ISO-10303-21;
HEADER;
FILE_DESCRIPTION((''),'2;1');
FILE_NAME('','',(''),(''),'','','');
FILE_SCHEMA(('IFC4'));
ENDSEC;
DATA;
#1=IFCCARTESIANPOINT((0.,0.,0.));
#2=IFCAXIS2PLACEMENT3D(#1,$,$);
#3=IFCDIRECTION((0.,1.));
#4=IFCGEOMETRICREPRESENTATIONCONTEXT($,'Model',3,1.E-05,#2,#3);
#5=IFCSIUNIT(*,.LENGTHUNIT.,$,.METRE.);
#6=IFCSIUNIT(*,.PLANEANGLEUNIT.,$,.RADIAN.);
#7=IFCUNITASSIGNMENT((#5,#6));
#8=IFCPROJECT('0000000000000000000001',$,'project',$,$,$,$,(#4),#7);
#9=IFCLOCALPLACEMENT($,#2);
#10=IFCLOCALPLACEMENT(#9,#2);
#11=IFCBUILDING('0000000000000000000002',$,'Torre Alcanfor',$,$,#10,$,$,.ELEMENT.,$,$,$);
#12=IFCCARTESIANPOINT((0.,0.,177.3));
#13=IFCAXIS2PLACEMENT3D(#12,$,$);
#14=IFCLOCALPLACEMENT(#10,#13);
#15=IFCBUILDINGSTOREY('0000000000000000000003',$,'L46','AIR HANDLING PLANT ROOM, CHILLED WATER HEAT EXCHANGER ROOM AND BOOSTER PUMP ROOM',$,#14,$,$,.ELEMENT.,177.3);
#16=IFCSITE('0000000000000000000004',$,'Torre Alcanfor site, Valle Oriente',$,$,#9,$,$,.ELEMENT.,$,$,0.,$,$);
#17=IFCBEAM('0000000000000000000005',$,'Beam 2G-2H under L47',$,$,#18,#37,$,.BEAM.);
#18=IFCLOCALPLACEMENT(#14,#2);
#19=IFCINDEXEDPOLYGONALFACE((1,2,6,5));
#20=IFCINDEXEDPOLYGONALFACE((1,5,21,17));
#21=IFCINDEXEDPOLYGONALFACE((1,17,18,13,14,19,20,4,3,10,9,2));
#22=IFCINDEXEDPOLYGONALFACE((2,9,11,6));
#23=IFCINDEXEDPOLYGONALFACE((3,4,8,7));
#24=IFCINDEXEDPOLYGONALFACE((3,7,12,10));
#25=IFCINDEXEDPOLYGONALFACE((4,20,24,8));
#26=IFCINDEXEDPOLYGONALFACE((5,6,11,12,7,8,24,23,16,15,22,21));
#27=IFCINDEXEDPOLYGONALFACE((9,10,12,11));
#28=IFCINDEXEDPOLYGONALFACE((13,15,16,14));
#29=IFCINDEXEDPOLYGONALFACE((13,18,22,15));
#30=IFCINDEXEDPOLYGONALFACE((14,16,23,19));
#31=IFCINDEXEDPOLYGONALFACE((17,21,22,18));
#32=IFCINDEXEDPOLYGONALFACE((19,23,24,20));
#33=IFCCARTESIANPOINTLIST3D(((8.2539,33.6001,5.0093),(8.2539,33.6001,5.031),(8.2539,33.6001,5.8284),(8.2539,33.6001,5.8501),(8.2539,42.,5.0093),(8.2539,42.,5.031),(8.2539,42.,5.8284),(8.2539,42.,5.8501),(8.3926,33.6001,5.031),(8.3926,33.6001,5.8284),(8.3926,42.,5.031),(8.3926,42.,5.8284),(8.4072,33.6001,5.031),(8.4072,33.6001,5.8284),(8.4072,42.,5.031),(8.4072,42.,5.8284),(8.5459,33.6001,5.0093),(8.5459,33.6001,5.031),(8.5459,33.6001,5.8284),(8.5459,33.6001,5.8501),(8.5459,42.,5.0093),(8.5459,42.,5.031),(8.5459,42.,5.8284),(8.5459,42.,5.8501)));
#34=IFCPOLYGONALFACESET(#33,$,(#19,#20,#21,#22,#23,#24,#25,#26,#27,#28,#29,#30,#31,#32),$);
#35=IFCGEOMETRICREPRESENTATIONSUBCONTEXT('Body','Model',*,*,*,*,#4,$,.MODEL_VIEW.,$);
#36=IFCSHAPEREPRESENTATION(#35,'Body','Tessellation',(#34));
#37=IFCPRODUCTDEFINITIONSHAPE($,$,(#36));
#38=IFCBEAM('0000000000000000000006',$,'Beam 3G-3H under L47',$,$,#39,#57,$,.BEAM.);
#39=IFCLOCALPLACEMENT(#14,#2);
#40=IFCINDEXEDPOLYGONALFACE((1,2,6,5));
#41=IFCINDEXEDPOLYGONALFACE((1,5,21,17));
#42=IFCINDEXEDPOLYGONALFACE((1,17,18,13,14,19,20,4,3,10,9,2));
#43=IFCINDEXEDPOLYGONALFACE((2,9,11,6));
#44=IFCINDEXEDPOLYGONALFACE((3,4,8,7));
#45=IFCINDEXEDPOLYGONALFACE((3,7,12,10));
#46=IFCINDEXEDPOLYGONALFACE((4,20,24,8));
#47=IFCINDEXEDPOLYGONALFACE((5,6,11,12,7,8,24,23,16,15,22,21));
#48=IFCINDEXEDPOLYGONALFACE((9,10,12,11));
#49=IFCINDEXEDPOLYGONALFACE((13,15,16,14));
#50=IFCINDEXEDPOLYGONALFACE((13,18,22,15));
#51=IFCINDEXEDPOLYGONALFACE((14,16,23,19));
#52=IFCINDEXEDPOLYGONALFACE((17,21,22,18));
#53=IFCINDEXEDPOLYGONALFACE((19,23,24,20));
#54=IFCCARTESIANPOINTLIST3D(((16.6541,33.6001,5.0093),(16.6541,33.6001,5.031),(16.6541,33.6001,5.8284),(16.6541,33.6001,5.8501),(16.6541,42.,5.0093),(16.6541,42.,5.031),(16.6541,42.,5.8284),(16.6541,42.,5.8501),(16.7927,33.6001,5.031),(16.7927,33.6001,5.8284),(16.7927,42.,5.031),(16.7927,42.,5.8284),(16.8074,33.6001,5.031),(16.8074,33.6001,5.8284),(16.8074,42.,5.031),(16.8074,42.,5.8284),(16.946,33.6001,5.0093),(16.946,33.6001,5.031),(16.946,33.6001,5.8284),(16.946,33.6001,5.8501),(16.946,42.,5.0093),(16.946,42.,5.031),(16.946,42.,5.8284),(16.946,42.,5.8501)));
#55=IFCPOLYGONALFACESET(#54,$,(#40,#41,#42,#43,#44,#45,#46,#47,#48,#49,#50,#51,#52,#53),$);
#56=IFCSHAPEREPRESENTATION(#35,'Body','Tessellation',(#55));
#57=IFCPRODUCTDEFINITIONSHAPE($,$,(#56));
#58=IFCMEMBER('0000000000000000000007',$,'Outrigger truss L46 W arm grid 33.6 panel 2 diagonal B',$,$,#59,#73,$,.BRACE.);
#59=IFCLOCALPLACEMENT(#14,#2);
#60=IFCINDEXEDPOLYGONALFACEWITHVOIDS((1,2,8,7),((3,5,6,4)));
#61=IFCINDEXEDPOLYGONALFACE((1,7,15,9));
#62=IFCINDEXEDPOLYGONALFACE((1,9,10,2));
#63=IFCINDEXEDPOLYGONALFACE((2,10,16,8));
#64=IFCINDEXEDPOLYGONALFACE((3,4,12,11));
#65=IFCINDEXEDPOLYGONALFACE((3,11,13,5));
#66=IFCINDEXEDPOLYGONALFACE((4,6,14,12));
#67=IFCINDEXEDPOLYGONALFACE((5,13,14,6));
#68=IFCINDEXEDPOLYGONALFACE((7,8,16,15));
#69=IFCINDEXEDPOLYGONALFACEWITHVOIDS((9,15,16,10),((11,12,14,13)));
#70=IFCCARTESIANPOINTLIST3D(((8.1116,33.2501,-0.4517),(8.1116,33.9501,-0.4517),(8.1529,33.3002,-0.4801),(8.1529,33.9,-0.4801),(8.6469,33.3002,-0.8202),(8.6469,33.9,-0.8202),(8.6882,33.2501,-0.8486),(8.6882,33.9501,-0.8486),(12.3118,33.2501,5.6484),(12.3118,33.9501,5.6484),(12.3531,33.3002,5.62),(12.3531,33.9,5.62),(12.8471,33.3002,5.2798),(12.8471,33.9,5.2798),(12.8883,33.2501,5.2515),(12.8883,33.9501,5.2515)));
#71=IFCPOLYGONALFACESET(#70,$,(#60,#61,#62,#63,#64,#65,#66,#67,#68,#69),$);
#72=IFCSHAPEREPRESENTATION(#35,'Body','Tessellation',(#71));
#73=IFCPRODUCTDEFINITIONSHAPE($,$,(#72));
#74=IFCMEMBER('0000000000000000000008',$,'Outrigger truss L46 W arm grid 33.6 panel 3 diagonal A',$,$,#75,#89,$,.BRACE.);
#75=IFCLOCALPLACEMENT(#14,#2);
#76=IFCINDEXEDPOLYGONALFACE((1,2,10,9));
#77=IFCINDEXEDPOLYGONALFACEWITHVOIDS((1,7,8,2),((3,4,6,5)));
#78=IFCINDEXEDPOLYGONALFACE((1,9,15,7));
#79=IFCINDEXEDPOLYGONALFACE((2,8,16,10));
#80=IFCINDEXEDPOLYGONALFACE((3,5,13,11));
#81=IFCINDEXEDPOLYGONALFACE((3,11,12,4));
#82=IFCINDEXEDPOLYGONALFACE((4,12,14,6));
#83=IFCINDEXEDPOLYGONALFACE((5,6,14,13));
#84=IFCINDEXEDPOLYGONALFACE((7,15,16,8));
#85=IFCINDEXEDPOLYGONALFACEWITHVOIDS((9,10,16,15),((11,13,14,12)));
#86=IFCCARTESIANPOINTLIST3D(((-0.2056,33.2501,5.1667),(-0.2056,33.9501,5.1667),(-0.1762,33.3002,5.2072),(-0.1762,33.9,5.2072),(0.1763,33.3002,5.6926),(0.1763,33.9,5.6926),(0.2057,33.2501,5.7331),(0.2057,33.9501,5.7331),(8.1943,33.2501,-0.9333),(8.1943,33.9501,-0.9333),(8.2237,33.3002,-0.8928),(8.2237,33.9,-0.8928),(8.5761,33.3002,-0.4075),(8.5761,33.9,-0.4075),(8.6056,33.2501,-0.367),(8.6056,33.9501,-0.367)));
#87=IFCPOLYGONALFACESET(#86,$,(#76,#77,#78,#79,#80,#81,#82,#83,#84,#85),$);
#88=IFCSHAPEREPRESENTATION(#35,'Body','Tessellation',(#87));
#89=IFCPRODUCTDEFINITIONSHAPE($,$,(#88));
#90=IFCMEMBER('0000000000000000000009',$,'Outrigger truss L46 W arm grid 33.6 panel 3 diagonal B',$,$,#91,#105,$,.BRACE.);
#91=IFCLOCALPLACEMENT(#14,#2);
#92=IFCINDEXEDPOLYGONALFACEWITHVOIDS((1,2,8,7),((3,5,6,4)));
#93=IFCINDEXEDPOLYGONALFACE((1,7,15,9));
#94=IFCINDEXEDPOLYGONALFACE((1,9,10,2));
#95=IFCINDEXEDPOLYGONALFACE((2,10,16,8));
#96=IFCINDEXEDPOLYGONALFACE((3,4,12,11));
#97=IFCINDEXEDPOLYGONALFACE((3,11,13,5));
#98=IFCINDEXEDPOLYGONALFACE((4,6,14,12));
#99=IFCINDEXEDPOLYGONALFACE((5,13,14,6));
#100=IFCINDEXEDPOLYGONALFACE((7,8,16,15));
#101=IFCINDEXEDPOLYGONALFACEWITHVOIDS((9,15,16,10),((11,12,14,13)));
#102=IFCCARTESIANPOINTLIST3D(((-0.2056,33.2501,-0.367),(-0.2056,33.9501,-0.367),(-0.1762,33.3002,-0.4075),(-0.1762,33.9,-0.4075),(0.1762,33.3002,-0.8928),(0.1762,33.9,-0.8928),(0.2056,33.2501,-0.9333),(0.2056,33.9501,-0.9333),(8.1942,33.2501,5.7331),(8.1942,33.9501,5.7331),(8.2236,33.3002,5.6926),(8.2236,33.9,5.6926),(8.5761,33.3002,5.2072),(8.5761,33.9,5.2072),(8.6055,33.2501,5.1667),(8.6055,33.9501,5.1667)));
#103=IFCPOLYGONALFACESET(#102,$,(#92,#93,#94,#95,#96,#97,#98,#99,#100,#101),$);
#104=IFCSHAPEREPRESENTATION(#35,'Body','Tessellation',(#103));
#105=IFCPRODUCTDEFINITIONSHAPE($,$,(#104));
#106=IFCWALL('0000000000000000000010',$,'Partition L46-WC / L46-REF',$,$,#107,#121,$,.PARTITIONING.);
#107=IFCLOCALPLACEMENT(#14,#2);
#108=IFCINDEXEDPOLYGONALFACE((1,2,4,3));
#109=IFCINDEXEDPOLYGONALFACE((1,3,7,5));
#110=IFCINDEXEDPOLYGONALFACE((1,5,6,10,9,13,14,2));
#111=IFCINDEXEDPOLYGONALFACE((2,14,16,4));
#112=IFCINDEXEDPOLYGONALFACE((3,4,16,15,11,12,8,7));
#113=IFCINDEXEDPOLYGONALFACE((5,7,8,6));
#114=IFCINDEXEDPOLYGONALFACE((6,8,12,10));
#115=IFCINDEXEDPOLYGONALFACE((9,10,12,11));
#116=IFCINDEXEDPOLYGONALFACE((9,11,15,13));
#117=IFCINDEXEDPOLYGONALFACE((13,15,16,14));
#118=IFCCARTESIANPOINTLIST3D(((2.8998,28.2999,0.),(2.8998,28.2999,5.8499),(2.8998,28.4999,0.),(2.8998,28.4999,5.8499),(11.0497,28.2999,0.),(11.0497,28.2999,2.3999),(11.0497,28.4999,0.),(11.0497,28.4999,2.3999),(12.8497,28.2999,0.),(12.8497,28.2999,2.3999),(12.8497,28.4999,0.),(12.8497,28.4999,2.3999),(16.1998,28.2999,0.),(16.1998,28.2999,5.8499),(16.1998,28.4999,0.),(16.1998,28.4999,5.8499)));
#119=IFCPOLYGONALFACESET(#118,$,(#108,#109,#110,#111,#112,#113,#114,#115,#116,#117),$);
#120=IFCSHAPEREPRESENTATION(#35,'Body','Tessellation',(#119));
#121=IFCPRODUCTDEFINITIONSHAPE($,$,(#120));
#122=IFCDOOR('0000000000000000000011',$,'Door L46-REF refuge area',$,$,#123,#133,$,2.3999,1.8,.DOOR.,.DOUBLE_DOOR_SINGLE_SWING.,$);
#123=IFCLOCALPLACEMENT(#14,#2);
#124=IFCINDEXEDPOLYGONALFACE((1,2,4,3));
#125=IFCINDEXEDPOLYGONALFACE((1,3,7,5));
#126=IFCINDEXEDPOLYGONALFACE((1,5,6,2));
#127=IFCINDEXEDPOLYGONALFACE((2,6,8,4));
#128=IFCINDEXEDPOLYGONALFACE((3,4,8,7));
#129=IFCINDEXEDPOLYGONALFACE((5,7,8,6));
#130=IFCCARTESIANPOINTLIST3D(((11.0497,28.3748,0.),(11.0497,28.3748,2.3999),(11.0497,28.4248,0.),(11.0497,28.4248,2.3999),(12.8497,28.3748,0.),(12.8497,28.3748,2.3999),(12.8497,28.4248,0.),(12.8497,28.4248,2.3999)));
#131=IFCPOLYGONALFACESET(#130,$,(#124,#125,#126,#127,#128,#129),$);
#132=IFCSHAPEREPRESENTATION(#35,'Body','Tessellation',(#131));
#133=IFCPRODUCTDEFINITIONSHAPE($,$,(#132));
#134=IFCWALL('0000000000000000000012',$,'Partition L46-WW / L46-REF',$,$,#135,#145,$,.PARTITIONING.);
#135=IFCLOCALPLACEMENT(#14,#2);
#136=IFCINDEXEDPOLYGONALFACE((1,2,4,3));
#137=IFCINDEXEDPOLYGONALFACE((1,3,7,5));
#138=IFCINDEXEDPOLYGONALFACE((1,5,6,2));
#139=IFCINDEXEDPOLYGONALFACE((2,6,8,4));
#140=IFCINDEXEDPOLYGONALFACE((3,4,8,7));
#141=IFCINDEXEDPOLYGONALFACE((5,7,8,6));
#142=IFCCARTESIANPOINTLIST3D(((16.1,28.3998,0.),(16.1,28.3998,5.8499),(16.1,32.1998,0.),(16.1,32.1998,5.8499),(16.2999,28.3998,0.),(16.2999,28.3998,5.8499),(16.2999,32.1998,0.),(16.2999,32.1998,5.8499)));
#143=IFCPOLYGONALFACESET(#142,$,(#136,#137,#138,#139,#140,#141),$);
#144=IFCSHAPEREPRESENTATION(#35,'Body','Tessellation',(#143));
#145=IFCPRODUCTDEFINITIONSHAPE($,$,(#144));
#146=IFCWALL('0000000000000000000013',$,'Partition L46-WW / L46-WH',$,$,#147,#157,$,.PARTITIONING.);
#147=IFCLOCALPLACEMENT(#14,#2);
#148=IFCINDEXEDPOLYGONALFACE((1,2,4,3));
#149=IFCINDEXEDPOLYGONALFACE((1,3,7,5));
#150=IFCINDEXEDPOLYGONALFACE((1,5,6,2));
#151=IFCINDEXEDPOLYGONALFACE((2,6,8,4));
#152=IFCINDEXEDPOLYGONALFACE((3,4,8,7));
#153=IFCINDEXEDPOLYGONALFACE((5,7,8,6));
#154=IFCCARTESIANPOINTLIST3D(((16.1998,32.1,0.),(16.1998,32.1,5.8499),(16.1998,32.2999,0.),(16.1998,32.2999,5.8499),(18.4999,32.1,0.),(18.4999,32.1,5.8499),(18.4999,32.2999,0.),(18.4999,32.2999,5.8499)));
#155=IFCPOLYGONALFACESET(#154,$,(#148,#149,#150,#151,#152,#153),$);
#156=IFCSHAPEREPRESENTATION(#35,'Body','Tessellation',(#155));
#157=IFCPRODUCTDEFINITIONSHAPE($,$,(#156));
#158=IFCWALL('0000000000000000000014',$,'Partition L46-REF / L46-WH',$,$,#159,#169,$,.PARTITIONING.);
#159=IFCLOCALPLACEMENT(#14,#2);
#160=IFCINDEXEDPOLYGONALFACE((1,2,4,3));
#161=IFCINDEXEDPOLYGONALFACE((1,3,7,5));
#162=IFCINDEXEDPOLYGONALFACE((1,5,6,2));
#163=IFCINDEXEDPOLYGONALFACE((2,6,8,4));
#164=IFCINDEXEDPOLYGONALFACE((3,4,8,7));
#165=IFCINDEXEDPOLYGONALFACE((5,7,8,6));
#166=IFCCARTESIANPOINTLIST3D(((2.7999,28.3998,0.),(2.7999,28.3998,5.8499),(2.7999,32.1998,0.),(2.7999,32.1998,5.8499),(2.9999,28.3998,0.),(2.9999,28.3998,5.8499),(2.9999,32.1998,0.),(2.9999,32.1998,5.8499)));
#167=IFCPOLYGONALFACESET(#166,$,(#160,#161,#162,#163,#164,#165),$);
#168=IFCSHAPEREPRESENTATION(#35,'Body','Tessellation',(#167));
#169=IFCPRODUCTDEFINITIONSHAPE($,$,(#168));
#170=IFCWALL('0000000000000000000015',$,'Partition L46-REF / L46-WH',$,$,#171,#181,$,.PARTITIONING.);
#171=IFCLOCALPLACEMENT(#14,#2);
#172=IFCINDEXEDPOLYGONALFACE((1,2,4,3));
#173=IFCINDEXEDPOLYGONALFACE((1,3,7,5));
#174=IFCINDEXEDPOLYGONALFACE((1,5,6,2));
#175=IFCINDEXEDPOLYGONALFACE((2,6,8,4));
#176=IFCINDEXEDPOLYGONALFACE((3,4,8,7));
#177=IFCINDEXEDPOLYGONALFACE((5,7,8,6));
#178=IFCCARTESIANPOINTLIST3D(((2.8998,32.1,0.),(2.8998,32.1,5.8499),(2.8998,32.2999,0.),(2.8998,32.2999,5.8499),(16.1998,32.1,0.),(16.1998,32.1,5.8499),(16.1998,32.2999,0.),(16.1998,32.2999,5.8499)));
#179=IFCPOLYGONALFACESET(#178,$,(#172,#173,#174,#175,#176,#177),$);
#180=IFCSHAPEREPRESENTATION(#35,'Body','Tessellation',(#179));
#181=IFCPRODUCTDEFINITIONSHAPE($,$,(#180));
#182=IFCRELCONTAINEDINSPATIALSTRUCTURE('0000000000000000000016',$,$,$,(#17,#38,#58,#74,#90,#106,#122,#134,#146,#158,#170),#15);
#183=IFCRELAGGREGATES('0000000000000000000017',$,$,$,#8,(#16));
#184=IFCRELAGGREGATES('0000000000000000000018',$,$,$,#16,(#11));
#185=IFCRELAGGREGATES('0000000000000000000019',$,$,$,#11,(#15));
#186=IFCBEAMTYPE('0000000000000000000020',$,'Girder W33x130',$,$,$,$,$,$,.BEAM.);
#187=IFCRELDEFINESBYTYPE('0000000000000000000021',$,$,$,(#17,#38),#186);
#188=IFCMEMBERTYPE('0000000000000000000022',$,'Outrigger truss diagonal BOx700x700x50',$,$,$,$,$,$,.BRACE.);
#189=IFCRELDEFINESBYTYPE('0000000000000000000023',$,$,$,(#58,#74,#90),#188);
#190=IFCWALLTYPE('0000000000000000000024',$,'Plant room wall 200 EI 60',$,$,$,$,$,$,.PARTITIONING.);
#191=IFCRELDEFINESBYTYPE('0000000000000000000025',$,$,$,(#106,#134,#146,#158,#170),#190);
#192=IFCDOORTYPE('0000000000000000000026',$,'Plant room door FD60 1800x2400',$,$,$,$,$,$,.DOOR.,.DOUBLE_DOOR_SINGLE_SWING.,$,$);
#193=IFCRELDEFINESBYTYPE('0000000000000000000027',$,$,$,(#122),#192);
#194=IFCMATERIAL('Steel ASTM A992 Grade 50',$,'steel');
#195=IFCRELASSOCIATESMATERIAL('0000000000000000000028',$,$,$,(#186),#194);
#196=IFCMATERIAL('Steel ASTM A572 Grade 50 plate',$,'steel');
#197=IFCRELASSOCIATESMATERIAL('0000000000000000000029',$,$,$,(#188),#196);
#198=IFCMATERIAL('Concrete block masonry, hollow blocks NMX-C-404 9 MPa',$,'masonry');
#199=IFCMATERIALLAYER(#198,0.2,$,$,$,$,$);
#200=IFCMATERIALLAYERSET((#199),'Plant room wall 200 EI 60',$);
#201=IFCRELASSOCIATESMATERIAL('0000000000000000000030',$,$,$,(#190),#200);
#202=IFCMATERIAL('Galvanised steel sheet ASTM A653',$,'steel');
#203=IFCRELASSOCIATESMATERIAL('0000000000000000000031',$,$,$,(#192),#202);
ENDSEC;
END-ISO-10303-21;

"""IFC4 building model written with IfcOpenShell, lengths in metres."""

from ifc_helpers import new_model, si_unit, direction, frame, frame_2d, origin, origin_2d, place, context, subcontext, project, spatial, rectangle, hollow_rectangle, i_section, extrude, material, layer, layer_set, material_profile, profile_set, type_object, element, fill, save


model = new_model("IFC4")

# Units and contexts
model_context = context("Model", 3, precision=1e-05, world=origin(), true_north=direction((0.0, 1.0)))
body_context = subcontext(model_context, "Body", "Model", "MODEL_VIEW")
ifc_project = project(units=[si_unit("LENGTHUNIT", "METRE"), si_unit("PLANEANGLEUNIT", "RADIAN")], contexts=[model_context])

# Site, building, storey
site_placement = place(None, origin())
site = spatial("IfcSite", under=ifc_project, at=site_placement, Name="Torre Alcanfor site, Valle Oriente", CompositionType="ELEMENT", RefElevation=0.0)
building_placement = place(site_placement, origin())
building = spatial("IfcBuilding", under=site, at=building_placement, Name="Torre Alcanfor", CompositionType="ELEMENT")
storey_placement = place(building_placement, frame((0.0, 0.0, 177.3)))
storey = spatial("IfcBuildingStorey", under=building, at=storey_placement, Name="L46", Description="AIR HANDLING PLANT ROOM, CHILLED WATER HEAT EXCHANGER ROOM AND BOOSTER PUMP ROOM", CompositionType="ELEMENT", Elevation=177.3)

# Beams
ifc_material_1 = material(Name="Steel ASTM A992 Grade 50", Category="steel")
ifc_material_profile_1 = material_profile(ifc_material_1, i_section(OverallWidth=0.292, OverallDepth=0.8408, WebThickness=0.0146, FlangeThickness=0.0217, at=origin_2d()), Name="W33x130")
ifc_profile_set_1 = profile_set([ifc_material_profile_1], Name="Steel ASTM A992 Grade 50")
beam_type = type_object("IfcBeamType", Name="Girder W33x130", PredefinedType="BEAM", material=ifc_profile_set_1)
for number, where, z_axis, x_axis, name in (
    (1, (8.3999, 33.6001, 5.4297), (0.0, 1.0, 0.0), (-1.0, 0.0, 0.0), "Beam 2G-2H under L47"),
    (2, (16.8, 33.6001, 5.4297), (0.0, 1.0, 0.0), (-1.0, 0.0, 0.0), "Beam 3G-3H under L47"),
):
    element("IfcBeam", number, at=place(storey_placement, frame(where, z_axis=z_axis, x_axis=x_axis)), inside=storey, type_object=beam_type, Name=name, PredefinedType="BEAM", context=body_context, shape_type="SweptSolid", body=[
        extrude(i_section(OverallWidth=0.292, OverallDepth=0.8408, WebThickness=0.0146, FlangeThickness=0.0217, at=origin_2d()), origin(), (0.0, 0.0, 1.0), 8.3999),
    ])

# Members
ifc_material_2 = material(Name="Steel ASTM A572 Grade 50 plate", Category="steel")
ifc_material_profile_2 = material_profile(ifc_material_2, hollow_rectangle(XDim=0.7, YDim=0.7, WallThickness=0.05, at=origin_2d()), Name="BOX 700x700x50")
ifc_profile_set_2 = profile_set([ifc_material_profile_2], Name="Steel ASTM A572 Grade 50 plate")
member_type_1 = type_object("IfcMemberType", Name="Outrigger truss diagonal BOx700x700x50", PredefinedType="BRACE", material=ifc_profile_set_2)
member_1_placement = place(storey_placement, frame((8.3999, 33.6001, -0.6501), z_axis=(0.567113, 0.0, 0.82364), x_axis=(0.0, 1.0, 0.0)))
element("IfcMember", 3, at=member_1_placement, inside=storey, type_object=member_type_1, Name="Outrigger truss L46 W arm grid 33.6 panel 2 diagonal B", PredefinedType="BRACE", context=body_context, shape_type="SweptSolid", body=[
    extrude(hollow_rectangle(XDim=0.7, YDim=0.7, WallThickness=0.05, at=origin_2d()), origin(), (0.0, 0.0, 1.0), 7.4062),
])
for number, where, z_axis, x_axis, name in (
    (4, (8.3999, 33.6001, -0.6501), (-0.809145, 0.0, 0.587609), (0.0, -1.0, 0.0), "Outrigger truss L46 W arm grid 33.6 panel 3 diagonal A"),
    (5, (0.0, 33.6001, -0.6501), (0.809145, 0.0, 0.587609), (0.0, 1.0, 0.0), "Outrigger truss L46 W arm grid 33.6 panel 3 diagonal B"),
):
    element("IfcMember", number, at=place(storey_placement, frame(where, z_axis=z_axis, x_axis=x_axis)), inside=storey, type_object=member_type_1, Name=name, PredefinedType="BRACE", context=body_context, shape_type="SweptSolid", body=[
        extrude(hollow_rectangle(XDim=0.7, YDim=0.7, WallThickness=0.05, at=origin_2d()), origin(), (0.0, 0.0, 1.0), 10.3811),
    ])

# Wall, opening, door
ifc_material_3 = material(Name="Concrete block masonry, hollow blocks NMX-C-404 9 MPa", Category="masonry")
ifc_layer_1 = layer(ifc_material_3, 0.2)
ifc_layer_set_1 = layer_set([ifc_layer_1], Name="Plant room wall 200 EI 60")
wall_type_1 = type_object("IfcWallType", Name="Plant room wall 200 EI 60", PredefinedType="PARTITIONING", material=ifc_layer_set_1)
wall_1_placement = place(storey_placement, frame((2.8999, 28.3999, 0.0), z_axis=(0.0, 0.0, 1.0), x_axis=(1.0, 0.0, 0.0)))
wall_1 = element("IfcWall", 6, at=wall_1_placement, inside=storey, type_object=wall_type_1, Name="Partition L46-WC / L46-REF", PredefinedType="PARTITIONING", context=body_context, shape_type="SweptSolid", body=[
    extrude(rectangle(XDim=13.3, YDim=0.2, at=frame_2d((6.6499, 0.0))), origin(), (0.0, 0.0, 1.0), 5.8499),
])
opening_placement = place(wall_1_placement, frame((8.1499, 0.0, 0.0)))
opening = element("IfcOpeningElement", 7, at=opening_placement, cuts=wall_1, PredefinedType="OPENING", context=body_context, shape_type="SweptSolid", body=[
    extrude(rectangle(XDim=1.8, YDim=2.3999, at=frame_2d((0.8999, 1.2))), frame((0.0, 0.1099, 0.0), z_axis=(0.0, -1.0, 0.0), x_axis=(1.0, 0.0, 0.0)), (0.0, 0.0, 1.0), 0.22),
])
ifc_material_4 = material(Name="Galvanised steel sheet ASTM A653", Category="steel")
door_type = type_object("IfcDoorType", Name="Plant room door FD60 1800x2400", OperationType="DOUBLE_DOOR_SINGLE_SWING", PredefinedType="DOOR", material=ifc_material_4)
door_placement = place(opening_placement, frame((1.8, 0.0, 0.0), z_axis=(0.0, 0.0, 1.0), x_axis=(-1.0, 0.0, 0.0)))
door = element("IfcDoor", 8, at=door_placement, inside=storey, type_object=door_type, Name="Door L46-REF refuge area", OperationType="DOUBLE_DOOR_SINGLE_SWING", OverallHeight=2.3999, OverallWidth=1.8, PredefinedType="DOOR", context=body_context, shape_type="SweptSolid", body=[
    extrude(rectangle(XDim=1.8, YDim=2.3999, at=frame_2d((0.9001, 1.2))), frame((0.0, 0.0251, 0.0), z_axis=(0.0, -1.0, 0.0), x_axis=(1.0, 0.0, 0.0)), (0.0, 0.0, 1.0), 0.05),
])
fill(opening, door)

# Walls
wall_2_placement = place(storey_placement, frame((16.2, 28.3999, 0.0), z_axis=(0.0, 0.0, 1.0), x_axis=(0.0, 1.0, 0.0)))
element("IfcWall", 9, at=wall_2_placement, inside=storey, type_object=wall_type_1, Name="Partition L46-WW / L46-REF", PredefinedType="PARTITIONING", context=body_context, shape_type="SweptSolid", body=[
    extrude(rectangle(XDim=3.8, YDim=0.2, at=frame_2d((1.8999, 0.0))), origin(), (0.0, 0.0, 1.0), 5.8499),
])
wall_3_placement = place(storey_placement, frame((16.2, 32.2, 0.0), z_axis=(0.0, 0.0, 1.0), x_axis=(1.0, 0.0, 0.0)))
element("IfcWall", 10, at=wall_3_placement, inside=storey, type_object=wall_type_1, Name="Partition L46-WW / L46-WH", PredefinedType="PARTITIONING", context=body_context, shape_type="SweptSolid", body=[
    extrude(rectangle(XDim=2.3, YDim=0.2, at=frame_2d((1.1499, 0.0))), origin(), (0.0, 0.0, 1.0), 5.8499),
])
wall_4_placement = place(storey_placement, frame((2.8999, 28.3999, 0.0), z_axis=(0.0, 0.0, 1.0), x_axis=(0.0, 1.0, 0.0)))
element("IfcWall", 11, at=wall_4_placement, inside=storey, type_object=wall_type_1, Name="Partition L46-REF / L46-WH", PredefinedType="PARTITIONING", context=body_context, shape_type="SweptSolid", body=[
    extrude(rectangle(XDim=3.8, YDim=0.2, at=frame_2d((1.8999, 0.0))), origin(), (0.0, 0.0, 1.0), 5.8499),
])
wall_5_placement = place(storey_placement, frame((2.8999, 32.2, 0.0), z_axis=(0.0, 0.0, 1.0), x_axis=(1.0, 0.0, 0.0)))
element("IfcWall", 12, at=wall_5_placement, inside=storey, type_object=wall_type_1, Name="Partition L46-REF / L46-WH", PredefinedType="PARTITIONING", context=body_context, shape_type="SweptSolid", body=[
    extrude(rectangle(XDim=13.3, YDim=0.2, at=frame_2d((6.6499, 0.0))), origin(), (0.0, 0.0, 1.0), 5.8499),
])

save(model, "model.ifc")
